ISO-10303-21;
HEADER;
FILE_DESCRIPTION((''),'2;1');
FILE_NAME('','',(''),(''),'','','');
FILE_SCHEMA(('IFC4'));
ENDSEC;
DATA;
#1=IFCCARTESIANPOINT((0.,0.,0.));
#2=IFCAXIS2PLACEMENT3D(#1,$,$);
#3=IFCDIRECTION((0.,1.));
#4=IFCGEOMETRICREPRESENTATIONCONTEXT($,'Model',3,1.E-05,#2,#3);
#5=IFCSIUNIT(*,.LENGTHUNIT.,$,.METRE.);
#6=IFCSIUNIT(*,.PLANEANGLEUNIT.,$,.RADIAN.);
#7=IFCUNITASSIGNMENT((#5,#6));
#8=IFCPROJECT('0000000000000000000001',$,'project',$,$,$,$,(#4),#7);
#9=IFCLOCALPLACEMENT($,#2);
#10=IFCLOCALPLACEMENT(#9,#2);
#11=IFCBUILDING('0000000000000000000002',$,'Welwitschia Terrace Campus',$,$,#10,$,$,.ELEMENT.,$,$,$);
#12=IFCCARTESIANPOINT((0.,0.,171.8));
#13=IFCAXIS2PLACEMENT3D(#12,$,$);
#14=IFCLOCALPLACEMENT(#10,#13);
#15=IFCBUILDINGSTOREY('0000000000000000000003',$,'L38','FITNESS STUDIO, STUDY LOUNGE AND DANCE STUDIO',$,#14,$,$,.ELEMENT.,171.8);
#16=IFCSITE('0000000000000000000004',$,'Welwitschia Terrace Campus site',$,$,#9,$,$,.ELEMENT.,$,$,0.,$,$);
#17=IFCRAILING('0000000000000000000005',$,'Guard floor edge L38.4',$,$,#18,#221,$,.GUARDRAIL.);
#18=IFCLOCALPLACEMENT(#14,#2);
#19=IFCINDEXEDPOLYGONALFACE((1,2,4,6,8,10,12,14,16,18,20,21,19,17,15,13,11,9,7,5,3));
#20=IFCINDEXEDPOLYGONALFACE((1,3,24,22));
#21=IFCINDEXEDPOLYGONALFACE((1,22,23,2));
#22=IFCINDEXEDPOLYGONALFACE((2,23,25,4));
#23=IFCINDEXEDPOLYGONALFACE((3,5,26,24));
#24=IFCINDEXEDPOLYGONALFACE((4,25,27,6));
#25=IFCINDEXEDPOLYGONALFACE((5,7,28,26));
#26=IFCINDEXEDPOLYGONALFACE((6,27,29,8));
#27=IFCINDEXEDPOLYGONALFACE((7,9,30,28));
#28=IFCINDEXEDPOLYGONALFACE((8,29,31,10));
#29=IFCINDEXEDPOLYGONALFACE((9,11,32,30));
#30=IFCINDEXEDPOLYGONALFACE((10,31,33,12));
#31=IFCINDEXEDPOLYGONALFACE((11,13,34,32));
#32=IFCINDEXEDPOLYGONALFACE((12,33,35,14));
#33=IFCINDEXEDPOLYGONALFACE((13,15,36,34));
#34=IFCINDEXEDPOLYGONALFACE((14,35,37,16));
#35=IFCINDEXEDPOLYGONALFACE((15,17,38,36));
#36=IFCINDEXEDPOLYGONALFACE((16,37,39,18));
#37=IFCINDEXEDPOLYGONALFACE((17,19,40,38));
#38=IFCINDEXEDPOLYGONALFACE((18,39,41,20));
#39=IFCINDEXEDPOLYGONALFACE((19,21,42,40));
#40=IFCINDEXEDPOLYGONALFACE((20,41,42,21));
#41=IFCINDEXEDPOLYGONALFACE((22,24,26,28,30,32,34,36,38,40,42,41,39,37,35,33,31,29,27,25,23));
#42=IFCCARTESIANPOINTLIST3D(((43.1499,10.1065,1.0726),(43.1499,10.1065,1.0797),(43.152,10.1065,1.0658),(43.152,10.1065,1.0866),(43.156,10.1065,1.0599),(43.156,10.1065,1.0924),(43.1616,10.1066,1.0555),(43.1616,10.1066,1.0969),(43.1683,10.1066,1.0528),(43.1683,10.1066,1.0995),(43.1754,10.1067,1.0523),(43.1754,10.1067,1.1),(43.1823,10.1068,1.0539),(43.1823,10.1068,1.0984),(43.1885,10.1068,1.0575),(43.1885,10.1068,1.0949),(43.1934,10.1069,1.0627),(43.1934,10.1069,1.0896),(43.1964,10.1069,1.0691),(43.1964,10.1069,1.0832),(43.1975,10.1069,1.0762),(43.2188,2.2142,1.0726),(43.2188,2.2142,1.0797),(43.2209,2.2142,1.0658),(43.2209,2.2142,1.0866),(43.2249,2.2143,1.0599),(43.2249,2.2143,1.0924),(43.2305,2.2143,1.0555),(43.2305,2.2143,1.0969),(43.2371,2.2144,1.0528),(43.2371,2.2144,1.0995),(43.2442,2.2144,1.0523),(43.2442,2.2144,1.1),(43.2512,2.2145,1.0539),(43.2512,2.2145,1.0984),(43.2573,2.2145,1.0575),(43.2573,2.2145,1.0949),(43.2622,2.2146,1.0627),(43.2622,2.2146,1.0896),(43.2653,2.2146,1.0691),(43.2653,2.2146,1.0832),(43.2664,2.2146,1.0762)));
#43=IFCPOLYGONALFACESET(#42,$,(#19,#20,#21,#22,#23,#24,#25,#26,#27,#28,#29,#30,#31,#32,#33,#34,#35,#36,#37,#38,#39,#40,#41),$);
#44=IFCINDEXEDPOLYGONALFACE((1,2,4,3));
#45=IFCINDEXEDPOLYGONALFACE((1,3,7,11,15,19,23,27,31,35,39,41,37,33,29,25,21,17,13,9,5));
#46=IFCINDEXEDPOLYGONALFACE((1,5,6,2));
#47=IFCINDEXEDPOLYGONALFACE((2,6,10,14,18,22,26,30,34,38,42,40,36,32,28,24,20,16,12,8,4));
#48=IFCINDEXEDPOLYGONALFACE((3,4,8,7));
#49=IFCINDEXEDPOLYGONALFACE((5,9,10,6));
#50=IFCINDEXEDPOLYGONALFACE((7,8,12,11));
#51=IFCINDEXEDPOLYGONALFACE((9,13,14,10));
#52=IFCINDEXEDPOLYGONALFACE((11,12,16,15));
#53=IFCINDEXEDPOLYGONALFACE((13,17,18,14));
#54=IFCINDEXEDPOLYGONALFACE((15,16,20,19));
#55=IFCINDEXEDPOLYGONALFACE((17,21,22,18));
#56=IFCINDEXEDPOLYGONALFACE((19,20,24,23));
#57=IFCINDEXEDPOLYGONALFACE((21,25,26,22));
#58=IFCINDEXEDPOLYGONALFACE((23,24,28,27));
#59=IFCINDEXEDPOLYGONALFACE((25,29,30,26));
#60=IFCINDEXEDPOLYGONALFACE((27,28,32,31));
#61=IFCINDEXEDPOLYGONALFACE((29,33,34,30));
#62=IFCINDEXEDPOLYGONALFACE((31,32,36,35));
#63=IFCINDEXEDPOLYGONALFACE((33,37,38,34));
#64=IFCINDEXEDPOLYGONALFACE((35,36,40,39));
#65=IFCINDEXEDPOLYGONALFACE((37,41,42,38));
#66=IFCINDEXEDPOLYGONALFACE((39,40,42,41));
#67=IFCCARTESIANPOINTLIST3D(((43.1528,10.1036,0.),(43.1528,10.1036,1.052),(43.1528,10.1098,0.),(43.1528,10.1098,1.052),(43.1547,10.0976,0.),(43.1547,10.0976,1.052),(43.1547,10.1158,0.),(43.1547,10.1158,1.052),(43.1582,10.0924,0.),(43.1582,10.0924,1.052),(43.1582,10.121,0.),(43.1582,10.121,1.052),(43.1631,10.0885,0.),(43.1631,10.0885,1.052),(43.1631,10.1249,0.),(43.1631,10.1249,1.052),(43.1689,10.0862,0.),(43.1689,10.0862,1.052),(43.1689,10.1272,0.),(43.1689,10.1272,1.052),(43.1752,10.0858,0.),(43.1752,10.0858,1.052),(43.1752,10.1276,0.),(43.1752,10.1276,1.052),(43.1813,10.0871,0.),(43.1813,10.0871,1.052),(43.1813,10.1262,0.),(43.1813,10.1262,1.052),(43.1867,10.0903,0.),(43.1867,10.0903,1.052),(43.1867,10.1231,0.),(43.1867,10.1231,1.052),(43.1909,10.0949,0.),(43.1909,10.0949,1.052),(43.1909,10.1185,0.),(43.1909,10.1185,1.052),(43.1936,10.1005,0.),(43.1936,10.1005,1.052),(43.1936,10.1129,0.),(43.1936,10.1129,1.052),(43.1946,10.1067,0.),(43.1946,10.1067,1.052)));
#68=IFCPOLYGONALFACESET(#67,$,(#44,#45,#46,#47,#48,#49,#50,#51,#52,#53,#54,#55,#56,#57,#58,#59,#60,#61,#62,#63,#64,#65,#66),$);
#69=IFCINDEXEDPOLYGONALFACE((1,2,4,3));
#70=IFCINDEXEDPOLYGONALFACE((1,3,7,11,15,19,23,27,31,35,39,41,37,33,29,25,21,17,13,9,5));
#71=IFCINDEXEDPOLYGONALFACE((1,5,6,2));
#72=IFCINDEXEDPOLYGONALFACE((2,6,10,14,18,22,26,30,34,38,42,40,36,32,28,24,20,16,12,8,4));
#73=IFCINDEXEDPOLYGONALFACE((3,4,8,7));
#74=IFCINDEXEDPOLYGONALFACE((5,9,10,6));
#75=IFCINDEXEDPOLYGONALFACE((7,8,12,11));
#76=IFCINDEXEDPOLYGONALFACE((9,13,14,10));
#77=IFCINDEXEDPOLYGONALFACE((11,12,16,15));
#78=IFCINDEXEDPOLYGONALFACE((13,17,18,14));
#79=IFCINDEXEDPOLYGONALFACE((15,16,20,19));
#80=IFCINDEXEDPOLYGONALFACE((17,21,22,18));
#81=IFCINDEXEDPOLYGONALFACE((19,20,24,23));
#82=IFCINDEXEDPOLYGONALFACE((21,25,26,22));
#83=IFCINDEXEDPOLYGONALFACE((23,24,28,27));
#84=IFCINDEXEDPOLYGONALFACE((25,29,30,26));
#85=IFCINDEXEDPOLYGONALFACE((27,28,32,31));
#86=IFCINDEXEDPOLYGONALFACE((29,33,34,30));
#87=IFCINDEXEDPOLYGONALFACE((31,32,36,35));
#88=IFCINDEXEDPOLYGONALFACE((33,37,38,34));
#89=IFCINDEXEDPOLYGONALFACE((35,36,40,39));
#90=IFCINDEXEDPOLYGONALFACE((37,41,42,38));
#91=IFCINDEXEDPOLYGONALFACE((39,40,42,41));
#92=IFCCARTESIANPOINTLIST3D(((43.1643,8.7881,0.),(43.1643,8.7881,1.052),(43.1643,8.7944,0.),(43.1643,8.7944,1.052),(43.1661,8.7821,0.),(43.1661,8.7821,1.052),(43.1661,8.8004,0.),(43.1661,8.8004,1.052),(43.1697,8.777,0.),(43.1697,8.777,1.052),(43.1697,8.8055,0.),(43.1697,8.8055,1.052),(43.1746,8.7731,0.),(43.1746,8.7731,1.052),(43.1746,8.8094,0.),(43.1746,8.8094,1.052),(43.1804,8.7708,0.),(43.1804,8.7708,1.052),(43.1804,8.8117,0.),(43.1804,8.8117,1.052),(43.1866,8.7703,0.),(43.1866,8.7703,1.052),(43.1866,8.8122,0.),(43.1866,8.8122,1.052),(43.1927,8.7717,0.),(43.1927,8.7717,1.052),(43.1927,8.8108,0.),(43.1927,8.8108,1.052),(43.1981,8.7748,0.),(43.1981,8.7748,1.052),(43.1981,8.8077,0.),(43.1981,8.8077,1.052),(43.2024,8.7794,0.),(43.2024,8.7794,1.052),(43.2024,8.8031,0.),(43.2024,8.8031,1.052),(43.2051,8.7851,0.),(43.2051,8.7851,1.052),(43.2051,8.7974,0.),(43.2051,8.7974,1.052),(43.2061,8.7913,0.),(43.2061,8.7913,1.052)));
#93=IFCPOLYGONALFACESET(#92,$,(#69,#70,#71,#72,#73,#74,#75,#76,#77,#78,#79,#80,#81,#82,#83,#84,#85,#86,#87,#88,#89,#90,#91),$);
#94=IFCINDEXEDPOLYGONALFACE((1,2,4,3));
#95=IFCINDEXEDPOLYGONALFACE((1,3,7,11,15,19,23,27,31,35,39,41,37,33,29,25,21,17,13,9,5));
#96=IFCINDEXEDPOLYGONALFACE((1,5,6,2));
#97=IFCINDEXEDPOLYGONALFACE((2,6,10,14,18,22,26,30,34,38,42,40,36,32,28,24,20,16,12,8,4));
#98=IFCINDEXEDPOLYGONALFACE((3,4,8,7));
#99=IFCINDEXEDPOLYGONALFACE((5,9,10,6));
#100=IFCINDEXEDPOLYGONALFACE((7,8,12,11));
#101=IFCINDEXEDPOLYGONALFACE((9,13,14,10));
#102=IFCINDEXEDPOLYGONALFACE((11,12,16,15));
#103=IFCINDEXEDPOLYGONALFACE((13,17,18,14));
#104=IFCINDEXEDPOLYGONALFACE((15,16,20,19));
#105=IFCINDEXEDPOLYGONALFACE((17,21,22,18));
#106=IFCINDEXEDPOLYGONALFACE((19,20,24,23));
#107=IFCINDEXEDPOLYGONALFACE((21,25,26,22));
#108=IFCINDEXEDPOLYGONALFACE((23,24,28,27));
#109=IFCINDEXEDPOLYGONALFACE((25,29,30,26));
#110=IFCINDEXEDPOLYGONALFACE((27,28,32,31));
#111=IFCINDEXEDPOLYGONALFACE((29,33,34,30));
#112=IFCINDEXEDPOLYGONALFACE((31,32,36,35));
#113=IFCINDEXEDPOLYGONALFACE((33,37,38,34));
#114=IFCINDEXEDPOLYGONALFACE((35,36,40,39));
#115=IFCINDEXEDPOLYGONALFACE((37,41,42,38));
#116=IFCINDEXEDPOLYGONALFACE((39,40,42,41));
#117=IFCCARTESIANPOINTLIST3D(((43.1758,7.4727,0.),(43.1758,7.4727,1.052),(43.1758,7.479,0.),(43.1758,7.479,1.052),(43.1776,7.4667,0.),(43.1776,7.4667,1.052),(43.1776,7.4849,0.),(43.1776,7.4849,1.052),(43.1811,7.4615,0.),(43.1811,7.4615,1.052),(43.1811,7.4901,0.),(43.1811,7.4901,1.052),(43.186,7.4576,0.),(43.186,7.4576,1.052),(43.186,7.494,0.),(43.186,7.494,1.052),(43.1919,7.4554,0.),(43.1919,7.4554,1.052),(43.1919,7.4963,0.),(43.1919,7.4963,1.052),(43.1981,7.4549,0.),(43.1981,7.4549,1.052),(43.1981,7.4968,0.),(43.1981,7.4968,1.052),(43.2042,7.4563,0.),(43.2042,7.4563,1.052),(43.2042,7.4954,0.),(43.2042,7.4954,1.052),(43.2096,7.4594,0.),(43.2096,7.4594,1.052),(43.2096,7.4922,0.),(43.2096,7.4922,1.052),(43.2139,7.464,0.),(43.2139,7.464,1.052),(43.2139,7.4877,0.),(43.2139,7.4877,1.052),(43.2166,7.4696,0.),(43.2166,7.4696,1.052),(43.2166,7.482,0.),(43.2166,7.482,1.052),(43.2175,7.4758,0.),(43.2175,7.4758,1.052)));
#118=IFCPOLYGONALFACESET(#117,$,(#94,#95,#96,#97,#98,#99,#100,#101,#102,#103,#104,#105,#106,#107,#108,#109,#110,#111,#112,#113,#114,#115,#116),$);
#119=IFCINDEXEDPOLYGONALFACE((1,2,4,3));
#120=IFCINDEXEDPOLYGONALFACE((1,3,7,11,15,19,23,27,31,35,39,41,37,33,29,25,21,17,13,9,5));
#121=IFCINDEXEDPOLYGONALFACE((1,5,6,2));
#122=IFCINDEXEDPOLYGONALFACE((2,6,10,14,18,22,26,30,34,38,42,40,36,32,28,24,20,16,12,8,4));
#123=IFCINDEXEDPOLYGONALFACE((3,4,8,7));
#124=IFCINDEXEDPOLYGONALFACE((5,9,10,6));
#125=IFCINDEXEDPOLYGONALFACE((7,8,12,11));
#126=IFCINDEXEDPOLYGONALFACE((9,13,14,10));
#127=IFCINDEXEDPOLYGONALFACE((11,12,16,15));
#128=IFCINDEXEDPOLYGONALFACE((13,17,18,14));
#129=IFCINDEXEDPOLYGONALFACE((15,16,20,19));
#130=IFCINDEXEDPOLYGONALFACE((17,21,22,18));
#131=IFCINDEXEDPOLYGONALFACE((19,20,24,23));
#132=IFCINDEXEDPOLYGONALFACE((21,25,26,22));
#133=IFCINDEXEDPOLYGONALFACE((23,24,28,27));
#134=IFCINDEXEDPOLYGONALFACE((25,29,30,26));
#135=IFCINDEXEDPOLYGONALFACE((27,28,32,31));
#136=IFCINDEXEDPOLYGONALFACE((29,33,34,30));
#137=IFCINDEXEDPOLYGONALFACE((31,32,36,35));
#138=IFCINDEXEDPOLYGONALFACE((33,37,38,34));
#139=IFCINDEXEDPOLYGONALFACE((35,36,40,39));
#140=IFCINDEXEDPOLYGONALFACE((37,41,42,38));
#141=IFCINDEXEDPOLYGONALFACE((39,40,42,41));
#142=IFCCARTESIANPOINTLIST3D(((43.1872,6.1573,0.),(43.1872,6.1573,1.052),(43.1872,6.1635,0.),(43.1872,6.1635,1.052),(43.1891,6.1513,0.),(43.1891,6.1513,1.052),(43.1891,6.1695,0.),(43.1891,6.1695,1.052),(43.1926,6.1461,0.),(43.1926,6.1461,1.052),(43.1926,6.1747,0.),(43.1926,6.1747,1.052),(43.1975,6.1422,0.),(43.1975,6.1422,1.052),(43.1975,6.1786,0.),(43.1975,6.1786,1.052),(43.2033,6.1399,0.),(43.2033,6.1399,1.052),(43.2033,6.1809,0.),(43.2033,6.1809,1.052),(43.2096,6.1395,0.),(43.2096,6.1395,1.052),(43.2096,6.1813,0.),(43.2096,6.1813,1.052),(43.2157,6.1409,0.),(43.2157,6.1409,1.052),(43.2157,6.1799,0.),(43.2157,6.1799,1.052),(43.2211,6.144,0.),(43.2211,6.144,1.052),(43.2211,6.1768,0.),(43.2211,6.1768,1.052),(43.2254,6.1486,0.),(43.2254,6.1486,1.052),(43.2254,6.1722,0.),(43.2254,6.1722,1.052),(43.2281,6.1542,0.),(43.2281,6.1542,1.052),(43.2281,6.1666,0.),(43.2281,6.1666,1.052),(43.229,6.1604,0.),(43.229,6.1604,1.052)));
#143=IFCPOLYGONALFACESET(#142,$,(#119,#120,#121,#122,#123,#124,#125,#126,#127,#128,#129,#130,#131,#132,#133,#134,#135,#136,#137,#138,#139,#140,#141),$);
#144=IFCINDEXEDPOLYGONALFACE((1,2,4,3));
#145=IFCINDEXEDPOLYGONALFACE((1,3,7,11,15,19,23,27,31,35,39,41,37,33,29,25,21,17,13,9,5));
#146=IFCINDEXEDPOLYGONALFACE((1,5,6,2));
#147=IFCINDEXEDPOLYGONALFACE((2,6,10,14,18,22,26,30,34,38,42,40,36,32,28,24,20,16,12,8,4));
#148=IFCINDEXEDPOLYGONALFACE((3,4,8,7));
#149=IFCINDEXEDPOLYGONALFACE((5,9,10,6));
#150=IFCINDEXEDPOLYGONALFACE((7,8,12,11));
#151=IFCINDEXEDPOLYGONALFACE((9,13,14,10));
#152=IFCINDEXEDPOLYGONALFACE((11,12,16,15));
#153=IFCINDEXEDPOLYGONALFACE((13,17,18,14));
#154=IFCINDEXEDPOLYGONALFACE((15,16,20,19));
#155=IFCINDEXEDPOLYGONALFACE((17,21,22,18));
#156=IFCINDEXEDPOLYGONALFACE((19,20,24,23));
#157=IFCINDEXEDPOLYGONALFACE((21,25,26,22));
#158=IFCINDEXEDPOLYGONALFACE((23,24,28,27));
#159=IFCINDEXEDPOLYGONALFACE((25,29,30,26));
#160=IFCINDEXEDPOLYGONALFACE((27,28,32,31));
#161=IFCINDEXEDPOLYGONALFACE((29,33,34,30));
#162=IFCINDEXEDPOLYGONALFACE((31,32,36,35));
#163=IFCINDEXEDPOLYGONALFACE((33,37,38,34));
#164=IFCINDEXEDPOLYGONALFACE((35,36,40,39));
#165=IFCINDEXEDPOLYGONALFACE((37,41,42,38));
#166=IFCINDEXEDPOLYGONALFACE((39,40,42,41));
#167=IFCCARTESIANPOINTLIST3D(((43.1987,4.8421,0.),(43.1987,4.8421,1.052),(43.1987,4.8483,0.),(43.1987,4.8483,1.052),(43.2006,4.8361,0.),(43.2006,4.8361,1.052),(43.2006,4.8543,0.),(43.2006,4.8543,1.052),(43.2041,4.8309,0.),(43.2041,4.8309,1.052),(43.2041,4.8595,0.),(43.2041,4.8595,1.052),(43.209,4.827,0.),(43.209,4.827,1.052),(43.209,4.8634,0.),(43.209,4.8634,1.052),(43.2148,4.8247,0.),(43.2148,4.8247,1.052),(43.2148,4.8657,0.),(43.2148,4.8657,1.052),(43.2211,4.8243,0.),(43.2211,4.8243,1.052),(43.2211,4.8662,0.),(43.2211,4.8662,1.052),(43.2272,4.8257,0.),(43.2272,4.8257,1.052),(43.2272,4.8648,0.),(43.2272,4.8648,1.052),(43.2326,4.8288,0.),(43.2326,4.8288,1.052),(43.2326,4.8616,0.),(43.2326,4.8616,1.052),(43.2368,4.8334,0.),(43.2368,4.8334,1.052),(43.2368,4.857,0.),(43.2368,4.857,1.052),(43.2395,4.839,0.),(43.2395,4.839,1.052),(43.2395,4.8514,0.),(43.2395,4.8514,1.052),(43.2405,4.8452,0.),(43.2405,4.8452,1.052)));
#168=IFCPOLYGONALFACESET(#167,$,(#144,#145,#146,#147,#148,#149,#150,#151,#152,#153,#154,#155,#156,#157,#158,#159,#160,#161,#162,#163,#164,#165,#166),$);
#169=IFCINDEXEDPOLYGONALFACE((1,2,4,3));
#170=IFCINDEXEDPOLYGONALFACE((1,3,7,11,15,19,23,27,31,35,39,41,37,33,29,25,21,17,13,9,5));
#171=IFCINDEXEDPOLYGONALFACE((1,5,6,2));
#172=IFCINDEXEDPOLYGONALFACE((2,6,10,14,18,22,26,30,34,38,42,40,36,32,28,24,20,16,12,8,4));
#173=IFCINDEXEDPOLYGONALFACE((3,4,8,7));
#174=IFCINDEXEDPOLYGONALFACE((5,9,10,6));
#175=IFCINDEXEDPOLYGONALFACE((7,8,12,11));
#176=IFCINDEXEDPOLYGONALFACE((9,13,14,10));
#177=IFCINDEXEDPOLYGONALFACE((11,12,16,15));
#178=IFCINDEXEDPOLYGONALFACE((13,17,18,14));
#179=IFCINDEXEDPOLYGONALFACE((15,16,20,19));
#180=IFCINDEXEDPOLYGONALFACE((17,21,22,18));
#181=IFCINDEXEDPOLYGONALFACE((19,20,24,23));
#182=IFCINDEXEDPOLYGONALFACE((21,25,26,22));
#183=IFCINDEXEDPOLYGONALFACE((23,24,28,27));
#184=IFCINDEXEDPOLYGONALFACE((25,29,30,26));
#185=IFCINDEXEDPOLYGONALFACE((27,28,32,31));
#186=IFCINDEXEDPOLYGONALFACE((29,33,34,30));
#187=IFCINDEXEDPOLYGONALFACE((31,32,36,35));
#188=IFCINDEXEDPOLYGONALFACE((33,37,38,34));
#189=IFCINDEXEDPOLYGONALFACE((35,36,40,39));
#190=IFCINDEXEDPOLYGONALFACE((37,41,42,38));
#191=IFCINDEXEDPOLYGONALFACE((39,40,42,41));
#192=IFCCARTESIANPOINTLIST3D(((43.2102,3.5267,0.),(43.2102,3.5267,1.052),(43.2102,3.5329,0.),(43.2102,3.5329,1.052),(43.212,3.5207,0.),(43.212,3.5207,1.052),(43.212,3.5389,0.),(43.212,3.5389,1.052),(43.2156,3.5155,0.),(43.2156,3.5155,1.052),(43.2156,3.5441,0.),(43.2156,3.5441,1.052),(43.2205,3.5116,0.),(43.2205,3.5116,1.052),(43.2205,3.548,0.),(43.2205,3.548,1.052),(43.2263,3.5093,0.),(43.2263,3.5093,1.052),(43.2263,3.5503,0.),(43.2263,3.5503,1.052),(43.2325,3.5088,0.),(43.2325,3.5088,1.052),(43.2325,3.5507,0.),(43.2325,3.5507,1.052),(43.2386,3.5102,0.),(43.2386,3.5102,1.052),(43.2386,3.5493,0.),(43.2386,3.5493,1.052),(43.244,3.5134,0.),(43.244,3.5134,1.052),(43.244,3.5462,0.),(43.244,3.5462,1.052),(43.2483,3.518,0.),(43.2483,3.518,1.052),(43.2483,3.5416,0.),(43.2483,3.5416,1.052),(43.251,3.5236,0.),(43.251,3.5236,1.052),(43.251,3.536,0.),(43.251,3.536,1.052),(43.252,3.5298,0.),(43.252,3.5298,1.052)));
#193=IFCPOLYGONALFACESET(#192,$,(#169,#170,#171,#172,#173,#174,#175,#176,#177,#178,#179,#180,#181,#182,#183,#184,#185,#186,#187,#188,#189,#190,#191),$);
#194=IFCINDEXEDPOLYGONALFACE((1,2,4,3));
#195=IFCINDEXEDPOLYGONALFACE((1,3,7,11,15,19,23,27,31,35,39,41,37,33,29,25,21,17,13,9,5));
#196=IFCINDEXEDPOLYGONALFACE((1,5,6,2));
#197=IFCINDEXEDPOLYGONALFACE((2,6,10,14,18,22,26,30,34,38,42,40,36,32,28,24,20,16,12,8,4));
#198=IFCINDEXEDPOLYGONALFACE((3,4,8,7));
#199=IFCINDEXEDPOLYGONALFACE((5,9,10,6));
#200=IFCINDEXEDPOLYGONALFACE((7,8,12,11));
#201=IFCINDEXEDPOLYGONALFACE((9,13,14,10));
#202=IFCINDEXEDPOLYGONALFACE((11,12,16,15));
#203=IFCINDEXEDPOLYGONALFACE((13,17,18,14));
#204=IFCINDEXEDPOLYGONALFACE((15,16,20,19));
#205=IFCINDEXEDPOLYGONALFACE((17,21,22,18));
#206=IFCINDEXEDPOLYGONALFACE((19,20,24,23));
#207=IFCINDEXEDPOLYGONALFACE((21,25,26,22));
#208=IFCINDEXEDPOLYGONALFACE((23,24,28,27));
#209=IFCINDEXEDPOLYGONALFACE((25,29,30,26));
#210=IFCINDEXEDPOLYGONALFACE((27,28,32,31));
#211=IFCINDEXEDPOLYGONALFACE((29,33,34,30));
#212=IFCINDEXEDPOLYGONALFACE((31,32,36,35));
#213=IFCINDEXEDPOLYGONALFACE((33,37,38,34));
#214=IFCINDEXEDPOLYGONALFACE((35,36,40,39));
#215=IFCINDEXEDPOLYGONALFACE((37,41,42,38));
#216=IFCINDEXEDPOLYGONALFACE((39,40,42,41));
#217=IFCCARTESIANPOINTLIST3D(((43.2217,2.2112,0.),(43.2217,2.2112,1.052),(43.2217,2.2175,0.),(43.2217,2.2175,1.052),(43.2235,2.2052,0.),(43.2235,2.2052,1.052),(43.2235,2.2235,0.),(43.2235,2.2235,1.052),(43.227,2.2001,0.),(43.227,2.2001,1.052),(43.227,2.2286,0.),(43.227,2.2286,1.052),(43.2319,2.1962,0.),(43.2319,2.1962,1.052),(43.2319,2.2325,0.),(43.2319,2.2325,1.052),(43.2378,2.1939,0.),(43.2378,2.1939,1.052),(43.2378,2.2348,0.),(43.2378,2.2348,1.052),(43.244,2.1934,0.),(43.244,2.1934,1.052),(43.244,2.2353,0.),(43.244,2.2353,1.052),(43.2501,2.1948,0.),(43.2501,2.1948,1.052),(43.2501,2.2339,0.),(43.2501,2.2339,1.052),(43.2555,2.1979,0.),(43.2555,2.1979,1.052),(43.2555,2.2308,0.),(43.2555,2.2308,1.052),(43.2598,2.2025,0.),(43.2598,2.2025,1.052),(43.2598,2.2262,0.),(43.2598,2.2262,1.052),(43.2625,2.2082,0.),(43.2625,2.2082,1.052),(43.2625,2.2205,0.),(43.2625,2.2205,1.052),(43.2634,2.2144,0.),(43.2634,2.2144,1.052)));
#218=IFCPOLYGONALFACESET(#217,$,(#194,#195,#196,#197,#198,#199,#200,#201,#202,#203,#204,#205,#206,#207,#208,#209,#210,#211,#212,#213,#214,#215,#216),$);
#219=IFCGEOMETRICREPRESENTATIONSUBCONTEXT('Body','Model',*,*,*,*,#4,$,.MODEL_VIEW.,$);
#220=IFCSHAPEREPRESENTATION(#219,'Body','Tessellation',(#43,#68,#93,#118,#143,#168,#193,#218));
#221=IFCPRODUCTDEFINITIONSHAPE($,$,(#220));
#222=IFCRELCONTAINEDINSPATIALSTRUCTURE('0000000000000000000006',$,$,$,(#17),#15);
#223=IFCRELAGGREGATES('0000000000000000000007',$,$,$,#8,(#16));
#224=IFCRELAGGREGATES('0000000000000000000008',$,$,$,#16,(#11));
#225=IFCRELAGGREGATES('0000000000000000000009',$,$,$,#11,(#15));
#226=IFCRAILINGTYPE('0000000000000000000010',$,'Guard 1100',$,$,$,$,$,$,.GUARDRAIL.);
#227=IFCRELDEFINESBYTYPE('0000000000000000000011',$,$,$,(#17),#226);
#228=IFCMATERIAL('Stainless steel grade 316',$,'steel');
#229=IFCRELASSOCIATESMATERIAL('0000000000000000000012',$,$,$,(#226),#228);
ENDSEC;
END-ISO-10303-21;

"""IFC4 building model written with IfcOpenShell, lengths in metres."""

from ifc_helpers import new_model, si_unit, direction, frame, origin, origin_2d, place, context, subcontext, project, spatial, circle, extrude, material, type_object, element, save


model = new_model("IFC4")

# Units and contexts
model_context = context("Model", 3, precision=1e-05, world=origin(), true_north=direction((0.0, 1.0)))
body_context = subcontext(model_context, "Body", "Model", "MODEL_VIEW")
ifc_project = project(units=[si_unit("LENGTHUNIT", "METRE"), si_unit("PLANEANGLEUNIT", "RADIAN")], contexts=[model_context])

# Site, building, storey
site_placement = place(None, origin())
site = spatial("IfcSite", under=ifc_project, at=site_placement, Name="Welwitschia Terrace Campus site", CompositionType="ELEMENT", RefElevation=0.0)
building_placement = place(site_placement, origin())
building = spatial("IfcBuilding", under=site, at=building_placement, Name="Welwitschia Terrace Campus", CompositionType="ELEMENT")
storey_placement = place(building_placement, frame((0.0, 0.0, 171.8)))
storey = spatial("IfcBuildingStorey", under=building, at=storey_placement, Name="L38", Description="FITNESS STUDIO, STUDY LOUNGE AND DANCE STUDIO", CompositionType="ELEMENT", Elevation=171.8)

# Railing
ifc_material_1 = material(Name="Stainless steel grade 316", Category="steel")
railing_type = type_object("IfcRailingType", Name="Guard 1100", PredefinedType="GUARDRAIL", material=ifc_material_1)
railing_1_placement = place(storey_placement, frame((43.1736, 10.1067, 0.0)))
element("IfcRailing", 1, at=railing_1_placement, inside=storey, type_object=railing_type, Name="Guard floor edge L38.4", PredefinedType="GUARDRAIL", context=body_context, shape_type="SweptSolid", body=[
    extrude(circle(Radius=0.0239, at=origin_2d()), frame((0.0, 0.0, 1.0762), z_axis=(0.008723, -0.999962, 0.0), x_axis=(0.999962, 0.008723, 0.0)), (0.0, 0.0, 1.0), 7.8926),
    extrude(circle(Radius=0.021, at=origin_2d()), origin(), (0.0, 0.0, 1.0), 1.052),
    extrude(circle(Radius=0.021, at=origin_2d()), frame((0.0115, -1.3154, 0.0)), (0.0, 0.0, 1.0), 1.052),
    extrude(circle(Radius=0.021, at=origin_2d()), frame((0.0229, -2.6309, 0.0)), (0.0, 0.0, 1.0), 1.052),
    extrude(circle(Radius=0.021, at=origin_2d()), frame((0.0344, -3.9463, 0.0)), (0.0, 0.0, 1.0), 1.052),
    extrude(circle(Radius=0.021, at=origin_2d()), frame((0.0459, -5.2615, 0.0)), (0.0, 0.0, 1.0), 1.052),
    extrude(circle(Radius=0.021, at=origin_2d()), frame((0.0574, -6.5769, 0.0)), (0.0, 0.0, 1.0), 1.052),
    extrude(circle(Radius=0.021, at=origin_2d()), frame((0.0688, -7.8923, 0.0)), (0.0, 0.0, 1.0), 1.052),
])

save(model, "model.ifc")
